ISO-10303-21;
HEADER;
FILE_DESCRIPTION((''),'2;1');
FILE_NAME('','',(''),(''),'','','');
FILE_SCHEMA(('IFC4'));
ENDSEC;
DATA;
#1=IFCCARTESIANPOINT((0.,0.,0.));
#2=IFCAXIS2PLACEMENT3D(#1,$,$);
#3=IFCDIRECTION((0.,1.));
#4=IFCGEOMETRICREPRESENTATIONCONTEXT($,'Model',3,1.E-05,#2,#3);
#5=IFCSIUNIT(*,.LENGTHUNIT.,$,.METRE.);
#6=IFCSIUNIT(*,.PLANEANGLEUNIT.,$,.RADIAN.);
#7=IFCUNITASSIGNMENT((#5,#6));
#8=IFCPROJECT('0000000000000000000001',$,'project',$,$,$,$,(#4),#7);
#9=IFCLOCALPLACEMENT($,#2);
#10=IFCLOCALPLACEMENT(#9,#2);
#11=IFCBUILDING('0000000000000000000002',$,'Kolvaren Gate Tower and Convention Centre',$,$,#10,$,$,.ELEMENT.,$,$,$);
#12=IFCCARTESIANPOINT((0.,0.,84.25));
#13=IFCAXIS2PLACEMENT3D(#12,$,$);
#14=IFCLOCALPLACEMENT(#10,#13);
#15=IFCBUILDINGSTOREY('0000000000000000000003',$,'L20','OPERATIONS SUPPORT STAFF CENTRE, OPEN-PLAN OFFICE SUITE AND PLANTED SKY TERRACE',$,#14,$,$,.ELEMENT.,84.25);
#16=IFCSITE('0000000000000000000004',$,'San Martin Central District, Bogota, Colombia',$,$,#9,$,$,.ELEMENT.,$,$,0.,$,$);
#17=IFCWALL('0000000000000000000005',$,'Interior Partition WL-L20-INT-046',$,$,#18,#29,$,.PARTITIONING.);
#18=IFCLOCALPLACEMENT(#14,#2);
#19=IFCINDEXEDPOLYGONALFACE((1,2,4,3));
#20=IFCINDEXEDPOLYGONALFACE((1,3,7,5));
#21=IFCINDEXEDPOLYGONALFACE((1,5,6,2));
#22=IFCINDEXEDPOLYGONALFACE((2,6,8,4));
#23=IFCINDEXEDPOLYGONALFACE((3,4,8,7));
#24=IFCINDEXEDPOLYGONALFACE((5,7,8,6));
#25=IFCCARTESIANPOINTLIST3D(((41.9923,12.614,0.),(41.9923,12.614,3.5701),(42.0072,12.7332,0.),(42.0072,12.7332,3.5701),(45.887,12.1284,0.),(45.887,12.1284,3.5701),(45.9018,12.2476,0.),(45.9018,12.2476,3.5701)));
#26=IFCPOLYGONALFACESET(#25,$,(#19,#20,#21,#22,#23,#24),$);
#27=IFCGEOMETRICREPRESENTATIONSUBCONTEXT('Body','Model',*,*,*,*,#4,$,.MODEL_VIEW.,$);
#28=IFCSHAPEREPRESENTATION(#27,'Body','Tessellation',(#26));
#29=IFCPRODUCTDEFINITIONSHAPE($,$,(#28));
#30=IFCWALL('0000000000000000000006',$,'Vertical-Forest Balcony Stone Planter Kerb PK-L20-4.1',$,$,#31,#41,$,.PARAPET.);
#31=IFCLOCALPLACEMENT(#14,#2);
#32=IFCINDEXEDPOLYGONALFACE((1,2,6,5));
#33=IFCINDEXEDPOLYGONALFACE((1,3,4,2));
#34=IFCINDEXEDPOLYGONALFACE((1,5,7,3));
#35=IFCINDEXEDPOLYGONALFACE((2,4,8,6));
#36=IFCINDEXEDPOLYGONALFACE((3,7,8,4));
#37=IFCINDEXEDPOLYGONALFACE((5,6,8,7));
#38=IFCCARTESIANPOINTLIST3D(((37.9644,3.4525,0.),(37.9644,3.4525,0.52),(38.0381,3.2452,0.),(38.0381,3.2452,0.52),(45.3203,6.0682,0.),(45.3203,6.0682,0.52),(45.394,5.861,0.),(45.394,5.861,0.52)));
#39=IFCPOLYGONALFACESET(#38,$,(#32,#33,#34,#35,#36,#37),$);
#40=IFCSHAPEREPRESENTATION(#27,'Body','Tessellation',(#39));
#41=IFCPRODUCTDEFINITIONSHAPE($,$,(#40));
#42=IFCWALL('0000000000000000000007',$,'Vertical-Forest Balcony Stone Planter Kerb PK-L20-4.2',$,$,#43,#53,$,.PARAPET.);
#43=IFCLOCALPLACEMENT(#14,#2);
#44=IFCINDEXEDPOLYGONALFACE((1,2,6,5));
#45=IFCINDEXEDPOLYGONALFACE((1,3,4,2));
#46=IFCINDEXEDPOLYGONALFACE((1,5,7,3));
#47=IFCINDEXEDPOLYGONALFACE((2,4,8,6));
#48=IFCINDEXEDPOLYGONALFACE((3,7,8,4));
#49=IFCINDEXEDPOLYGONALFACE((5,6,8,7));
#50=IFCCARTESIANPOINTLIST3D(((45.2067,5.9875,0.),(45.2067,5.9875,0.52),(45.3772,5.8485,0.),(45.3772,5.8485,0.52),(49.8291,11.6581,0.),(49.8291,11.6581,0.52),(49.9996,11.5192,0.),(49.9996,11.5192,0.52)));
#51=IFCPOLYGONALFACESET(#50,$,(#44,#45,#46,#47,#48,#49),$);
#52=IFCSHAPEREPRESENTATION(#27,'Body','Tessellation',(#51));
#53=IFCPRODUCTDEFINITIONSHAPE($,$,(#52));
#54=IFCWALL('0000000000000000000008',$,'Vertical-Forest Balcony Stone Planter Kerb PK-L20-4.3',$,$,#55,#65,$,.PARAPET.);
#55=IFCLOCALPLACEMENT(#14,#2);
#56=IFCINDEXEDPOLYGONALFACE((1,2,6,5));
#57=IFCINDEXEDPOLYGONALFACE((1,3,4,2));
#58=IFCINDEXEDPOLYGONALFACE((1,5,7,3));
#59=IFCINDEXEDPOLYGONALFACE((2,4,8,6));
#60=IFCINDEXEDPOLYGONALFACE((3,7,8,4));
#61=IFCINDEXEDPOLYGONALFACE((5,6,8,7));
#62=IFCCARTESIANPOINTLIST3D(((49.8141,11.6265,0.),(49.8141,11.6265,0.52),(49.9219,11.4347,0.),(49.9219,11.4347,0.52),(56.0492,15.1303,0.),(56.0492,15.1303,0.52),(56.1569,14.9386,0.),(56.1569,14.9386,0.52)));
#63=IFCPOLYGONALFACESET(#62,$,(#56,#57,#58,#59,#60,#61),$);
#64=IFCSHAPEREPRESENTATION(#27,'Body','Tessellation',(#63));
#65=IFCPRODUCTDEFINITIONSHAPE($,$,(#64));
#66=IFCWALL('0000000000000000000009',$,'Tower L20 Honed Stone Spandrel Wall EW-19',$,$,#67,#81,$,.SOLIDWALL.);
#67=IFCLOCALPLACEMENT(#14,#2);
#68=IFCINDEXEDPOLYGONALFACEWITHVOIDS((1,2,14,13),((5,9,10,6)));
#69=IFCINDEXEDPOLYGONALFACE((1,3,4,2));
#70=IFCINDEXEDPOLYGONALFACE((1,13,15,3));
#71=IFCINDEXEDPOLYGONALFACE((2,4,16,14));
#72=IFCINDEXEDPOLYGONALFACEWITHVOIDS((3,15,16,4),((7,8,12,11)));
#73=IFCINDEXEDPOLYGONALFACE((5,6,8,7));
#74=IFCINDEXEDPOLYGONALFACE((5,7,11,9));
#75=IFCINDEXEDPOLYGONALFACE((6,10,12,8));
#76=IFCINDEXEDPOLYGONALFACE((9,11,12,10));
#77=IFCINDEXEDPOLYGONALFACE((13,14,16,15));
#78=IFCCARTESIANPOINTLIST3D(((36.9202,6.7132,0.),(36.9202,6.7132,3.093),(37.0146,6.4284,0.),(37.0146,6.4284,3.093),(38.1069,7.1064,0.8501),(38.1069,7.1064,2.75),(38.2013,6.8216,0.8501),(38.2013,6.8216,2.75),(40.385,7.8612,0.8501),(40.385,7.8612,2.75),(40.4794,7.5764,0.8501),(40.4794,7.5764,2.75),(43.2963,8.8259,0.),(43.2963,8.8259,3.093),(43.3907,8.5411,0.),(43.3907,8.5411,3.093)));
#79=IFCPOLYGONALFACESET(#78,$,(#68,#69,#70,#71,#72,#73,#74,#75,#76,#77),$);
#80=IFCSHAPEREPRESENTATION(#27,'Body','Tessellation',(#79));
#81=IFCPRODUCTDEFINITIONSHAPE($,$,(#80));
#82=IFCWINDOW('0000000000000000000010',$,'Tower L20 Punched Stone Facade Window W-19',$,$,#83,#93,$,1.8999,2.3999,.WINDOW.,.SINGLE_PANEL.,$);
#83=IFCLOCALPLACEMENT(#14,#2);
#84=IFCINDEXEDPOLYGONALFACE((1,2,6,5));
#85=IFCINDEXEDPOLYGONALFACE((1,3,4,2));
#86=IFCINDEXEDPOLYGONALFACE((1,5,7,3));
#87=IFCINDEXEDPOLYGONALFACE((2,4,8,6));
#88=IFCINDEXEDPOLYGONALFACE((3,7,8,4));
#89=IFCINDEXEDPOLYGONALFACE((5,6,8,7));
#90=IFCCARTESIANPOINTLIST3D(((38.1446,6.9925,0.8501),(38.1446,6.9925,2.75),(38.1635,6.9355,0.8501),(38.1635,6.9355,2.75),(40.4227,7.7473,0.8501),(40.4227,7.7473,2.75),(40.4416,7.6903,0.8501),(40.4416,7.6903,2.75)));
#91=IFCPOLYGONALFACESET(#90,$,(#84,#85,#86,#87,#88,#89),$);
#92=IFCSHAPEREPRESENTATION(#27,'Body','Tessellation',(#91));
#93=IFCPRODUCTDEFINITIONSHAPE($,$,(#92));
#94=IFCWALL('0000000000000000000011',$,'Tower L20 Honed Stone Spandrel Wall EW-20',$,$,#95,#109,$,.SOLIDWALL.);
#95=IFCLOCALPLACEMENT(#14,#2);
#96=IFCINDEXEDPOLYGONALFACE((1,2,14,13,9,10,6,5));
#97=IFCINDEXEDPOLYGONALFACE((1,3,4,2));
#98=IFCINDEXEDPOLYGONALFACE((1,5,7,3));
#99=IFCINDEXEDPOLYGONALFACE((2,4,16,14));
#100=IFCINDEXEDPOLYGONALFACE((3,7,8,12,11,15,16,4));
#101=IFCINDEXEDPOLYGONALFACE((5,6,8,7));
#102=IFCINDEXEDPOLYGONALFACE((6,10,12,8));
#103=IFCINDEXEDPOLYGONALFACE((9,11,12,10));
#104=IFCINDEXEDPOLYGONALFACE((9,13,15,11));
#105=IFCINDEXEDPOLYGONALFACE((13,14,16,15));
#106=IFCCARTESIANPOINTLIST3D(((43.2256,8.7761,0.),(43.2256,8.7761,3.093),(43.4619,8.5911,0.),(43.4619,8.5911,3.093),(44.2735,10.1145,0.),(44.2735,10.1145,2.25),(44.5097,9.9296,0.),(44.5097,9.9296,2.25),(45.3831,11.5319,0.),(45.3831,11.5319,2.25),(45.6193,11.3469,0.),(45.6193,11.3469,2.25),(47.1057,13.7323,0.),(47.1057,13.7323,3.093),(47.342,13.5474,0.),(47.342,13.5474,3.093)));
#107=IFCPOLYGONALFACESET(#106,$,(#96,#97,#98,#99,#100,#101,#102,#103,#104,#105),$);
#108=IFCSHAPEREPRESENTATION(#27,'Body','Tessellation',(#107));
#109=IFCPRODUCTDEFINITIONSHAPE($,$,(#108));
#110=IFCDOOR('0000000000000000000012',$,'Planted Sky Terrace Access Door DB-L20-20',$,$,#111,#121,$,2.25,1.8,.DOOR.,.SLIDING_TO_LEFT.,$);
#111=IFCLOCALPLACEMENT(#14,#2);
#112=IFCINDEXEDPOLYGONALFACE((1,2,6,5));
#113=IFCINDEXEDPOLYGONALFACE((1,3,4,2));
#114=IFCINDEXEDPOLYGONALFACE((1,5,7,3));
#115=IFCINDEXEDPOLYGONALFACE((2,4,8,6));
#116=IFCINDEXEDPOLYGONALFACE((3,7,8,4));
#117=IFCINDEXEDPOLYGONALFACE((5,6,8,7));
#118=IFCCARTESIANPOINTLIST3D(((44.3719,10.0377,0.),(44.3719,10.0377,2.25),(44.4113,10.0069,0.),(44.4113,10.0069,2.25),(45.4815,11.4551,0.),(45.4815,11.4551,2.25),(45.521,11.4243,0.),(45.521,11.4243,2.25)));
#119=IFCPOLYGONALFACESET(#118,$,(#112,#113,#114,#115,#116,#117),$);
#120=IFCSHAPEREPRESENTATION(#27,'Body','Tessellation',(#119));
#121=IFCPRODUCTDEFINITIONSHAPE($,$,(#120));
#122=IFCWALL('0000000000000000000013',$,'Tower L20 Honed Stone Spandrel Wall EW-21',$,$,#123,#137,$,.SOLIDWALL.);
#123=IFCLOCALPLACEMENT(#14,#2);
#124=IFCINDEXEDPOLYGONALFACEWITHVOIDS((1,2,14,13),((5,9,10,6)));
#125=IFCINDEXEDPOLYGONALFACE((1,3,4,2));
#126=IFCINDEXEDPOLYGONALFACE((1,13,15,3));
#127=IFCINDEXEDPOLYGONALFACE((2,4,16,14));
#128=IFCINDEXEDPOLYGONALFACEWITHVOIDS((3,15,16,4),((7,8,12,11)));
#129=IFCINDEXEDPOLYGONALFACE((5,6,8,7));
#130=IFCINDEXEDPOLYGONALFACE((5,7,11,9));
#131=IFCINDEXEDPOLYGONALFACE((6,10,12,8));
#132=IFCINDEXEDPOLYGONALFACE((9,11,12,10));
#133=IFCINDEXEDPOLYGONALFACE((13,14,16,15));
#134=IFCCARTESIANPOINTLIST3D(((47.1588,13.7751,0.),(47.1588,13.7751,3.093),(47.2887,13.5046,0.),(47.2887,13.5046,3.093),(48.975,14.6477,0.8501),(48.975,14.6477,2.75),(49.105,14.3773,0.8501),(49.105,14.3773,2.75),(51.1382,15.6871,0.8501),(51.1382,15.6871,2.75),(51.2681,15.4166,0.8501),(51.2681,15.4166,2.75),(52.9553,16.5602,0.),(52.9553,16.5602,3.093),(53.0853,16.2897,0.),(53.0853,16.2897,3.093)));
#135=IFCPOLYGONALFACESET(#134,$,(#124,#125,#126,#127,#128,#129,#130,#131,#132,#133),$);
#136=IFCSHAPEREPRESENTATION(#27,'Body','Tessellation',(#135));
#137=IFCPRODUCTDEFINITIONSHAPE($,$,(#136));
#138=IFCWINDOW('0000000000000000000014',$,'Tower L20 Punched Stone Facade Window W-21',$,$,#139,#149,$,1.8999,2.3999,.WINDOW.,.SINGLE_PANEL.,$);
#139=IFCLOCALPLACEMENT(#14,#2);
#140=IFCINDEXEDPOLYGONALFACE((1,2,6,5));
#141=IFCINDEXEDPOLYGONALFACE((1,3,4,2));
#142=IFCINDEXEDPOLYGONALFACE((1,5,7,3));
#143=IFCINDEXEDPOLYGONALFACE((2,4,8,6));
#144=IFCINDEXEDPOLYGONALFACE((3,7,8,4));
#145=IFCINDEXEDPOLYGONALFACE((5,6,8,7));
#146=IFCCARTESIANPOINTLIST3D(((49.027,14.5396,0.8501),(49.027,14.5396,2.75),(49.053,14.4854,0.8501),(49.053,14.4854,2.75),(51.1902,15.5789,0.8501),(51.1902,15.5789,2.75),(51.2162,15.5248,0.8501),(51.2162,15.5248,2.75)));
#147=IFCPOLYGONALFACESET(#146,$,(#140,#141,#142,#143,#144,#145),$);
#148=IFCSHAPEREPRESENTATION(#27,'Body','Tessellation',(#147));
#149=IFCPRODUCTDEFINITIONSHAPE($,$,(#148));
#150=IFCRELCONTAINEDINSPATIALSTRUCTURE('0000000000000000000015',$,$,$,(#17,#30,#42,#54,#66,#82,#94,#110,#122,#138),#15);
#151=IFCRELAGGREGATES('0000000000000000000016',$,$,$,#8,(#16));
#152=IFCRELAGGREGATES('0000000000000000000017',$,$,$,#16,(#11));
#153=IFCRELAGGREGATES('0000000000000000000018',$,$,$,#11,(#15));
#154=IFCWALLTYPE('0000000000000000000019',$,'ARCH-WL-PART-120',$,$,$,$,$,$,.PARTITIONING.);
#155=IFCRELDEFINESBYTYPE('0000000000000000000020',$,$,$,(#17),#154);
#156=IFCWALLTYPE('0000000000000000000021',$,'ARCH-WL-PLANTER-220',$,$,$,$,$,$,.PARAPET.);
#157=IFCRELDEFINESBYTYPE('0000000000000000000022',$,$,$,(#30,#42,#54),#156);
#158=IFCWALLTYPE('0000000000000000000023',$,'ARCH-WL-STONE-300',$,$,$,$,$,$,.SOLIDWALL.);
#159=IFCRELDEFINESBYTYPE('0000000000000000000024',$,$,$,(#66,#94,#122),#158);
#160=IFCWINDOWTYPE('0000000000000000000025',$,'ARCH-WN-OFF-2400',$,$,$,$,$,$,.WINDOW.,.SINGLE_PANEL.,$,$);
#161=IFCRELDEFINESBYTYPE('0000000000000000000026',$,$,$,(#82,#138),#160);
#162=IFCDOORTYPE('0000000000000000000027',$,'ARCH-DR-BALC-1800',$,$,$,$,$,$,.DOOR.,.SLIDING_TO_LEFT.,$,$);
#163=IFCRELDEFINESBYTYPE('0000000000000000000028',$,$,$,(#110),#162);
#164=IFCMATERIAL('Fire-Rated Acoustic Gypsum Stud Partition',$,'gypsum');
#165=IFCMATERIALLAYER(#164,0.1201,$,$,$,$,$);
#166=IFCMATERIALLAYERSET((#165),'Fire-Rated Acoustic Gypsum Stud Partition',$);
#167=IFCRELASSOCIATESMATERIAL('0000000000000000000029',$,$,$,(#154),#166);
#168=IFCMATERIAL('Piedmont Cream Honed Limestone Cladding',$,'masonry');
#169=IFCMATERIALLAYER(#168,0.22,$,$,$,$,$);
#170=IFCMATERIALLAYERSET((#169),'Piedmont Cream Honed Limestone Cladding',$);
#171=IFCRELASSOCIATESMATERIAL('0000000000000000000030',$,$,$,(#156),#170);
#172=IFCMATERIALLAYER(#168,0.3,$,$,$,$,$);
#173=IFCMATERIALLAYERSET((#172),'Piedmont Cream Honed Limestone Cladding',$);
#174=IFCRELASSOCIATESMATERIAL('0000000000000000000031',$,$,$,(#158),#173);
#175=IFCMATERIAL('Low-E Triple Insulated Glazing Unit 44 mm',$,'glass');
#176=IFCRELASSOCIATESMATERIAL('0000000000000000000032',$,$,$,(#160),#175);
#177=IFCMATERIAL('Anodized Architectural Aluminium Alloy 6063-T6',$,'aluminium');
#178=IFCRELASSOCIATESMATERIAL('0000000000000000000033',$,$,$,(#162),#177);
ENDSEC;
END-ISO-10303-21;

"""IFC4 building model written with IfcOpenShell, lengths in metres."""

from ifc_helpers import new_model, si_unit, direction, frame, frame_2d, origin, place, context, subcontext, project, spatial, rectangle, extrude, material, layer, layer_set, type_object, element, fill, save


model = new_model("IFC4")

# Units and contexts
model_context = context("Model", 3, precision=1e-05, world=origin(), true_north=direction((0.0, 1.0)))
body_context = subcontext(model_context, "Body", "Model", "MODEL_VIEW")
ifc_project = project(units=[si_unit("LENGTHUNIT", "METRE"), si_unit("PLANEANGLEUNIT", "RADIAN")], contexts=[model_context])

# Site, building, storey
site_placement = place(None, origin())
site = spatial("IfcSite", under=ifc_project, at=site_placement, Name="San Martin Central District, Bogota, Colombia", CompositionType="ELEMENT", RefElevation=0.0)
building_placement = place(site_placement, origin())
building = spatial("IfcBuilding", under=site, at=building_placement, Name="Kolvaren Gate Tower and Convention Centre", CompositionType="ELEMENT")
storey_placement = place(building_placement, frame((0.0, 0.0, 84.25)))
storey = spatial("IfcBuildingStorey", under=building, at=storey_placement, Name="L20", Description="OPERATIONS SUPPORT STAFF CENTRE, OPEN-PLAN OFFICE SUITE AND PLANTED SKY TERRACE", CompositionType="ELEMENT", Elevation=84.25)

# Walls
ifc_material_1 = material(Name="Fire-Rated Acoustic Gypsum Stud Partition", Category="gypsum")
ifc_layer_1 = layer(ifc_material_1, 0.1201)
ifc_layer_set_1 = layer_set([ifc_layer_1], Name="Fire-Rated Acoustic Gypsum Stud Partition")
wall_type_1 = type_object("IfcWallType", Name="ARCH-WL-PART-120", PredefinedType="PARTITIONING", material=ifc_layer_set_1)
wall_1_placement = place(storey_placement, frame((41.9998, 12.6736, 0.0), z_axis=(0.0, 0.0, 1.0), x_axis=(0.992316, -0.123728, 0.0)))
element("IfcWall", 1, at=wall_1_placement, inside=storey, type_object=wall_type_1, Name="Interior Partition WL-L20-INT-046", PredefinedType="PARTITIONING", context=body_context, shape_type="SweptSolid", body=[
    extrude(rectangle(XDim=3.9248, YDim=0.1201, at=frame_2d((1.9624, 0.0))), origin(), (0.0, 0.0, 1.0), 3.5701),
])
ifc_material_2 = material(Name="Piedmont Cream Honed Limestone Cladding", Category="masonry")
ifc_layer_2 = layer(ifc_material_2, 0.22)
ifc_layer_set_2 = layer_set([ifc_layer_2], Name="Piedmont Cream Honed Limestone Cladding")
wall_type_2 = type_object("IfcWallType", Name="ARCH-WL-PLANTER-220", PredefinedType="PARAPET", material=ifc_layer_set_2)
wall_2_placement = place(storey_placement, frame((38.0012, 3.3489, 0.0), z_axis=(0.0, 0.0, 1.0), x_axis=(0.942204, 0.335041, 0.0)))
element("IfcWall", 2, at=wall_2_placement, inside=storey, type_object=wall_type_2, Name="Vertical-Forest Balcony Stone Planter Kerb PK-L20-4.1", PredefinedType="PARAPET", context=body_context, shape_type="SweptSolid", body=[
    extrude(rectangle(XDim=7.8071, YDim=0.22, at=frame_2d((3.9036, 0.0))), origin(), (0.0, 0.0, 1.0), 0.52),
])
wall_3_placement = place(storey_placement, frame((45.292, 5.918, 0.0), z_axis=(0.0, 0.0, 1.0), x_axis=(0.631819, 0.775116, 0.0)))
element("IfcWall", 3, at=wall_3_placement, inside=storey, type_object=wall_type_2, Name="Vertical-Forest Balcony Stone Planter Kerb PK-L20-4.2", PredefinedType="PARAPET", context=body_context, shape_type="SweptSolid", body=[
    extrude(rectangle(XDim=7.3159, YDim=0.22, at=frame_2d((3.658, 0.0))), origin(), (0.0, 0.0, 1.0), 0.52),
])
wall_4_placement = place(storey_placement, frame((49.8679, 11.5305, 0.0), z_axis=(0.0, 0.0, 1.0), x_axis=(0.871775, 0.489906, 0.0)))
element("IfcWall", 4, at=wall_4_placement, inside=storey, type_object=wall_type_2, Name="Vertical-Forest Balcony Stone Planter Kerb PK-L20-4.3", PredefinedType="PARAPET", context=body_context, shape_type="SweptSolid", body=[
    extrude(rectangle(XDim=7.1521, YDim=0.22, at=frame_2d((3.5762, 0.0))), origin(), (0.0, 0.0, 1.0), 0.52),
])

# Wall, opening, window
ifc_layer_3 = layer(ifc_material_2, 0.3)
ifc_layer_set_3 = layer_set([ifc_layer_3], Name="Piedmont Cream Honed Limestone Cladding")
wall_type_3 = type_object("IfcWallType", Name="ARCH-WL-STONE-300", PredefinedType="SOLIDWALL", material=ifc_layer_set_3)
wall_5_placement = place(storey_placement, frame((36.9675, 6.5708, 0.0), z_axis=(0.0, 0.0, 1.0), x_axis=(0.949245, 0.314537, 0.0)))
wall_5 = element("IfcWall", 5, at=wall_5_placement, inside=storey, type_object=wall_type_3, Name="Tower L20 Honed Stone Spandrel Wall EW-19", PredefinedType="SOLIDWALL", context=body_context, shape_type="SweptSolid", body=[
    extrude(rectangle(XDim=6.717, YDim=0.3, at=frame_2d((3.3584, 0.0))), origin(), (0.0, 0.0, 1.0), 3.093),
])
opening_1_placement = place(wall_5_placement, frame((1.25, 0.0, 0.8501)))
opening_1 = element("IfcOpeningElement", 6, at=opening_1_placement, cuts=wall_5, PredefinedType="OPENING", context=body_context, shape_type="SweptSolid", body=[
    extrude(rectangle(XDim=2.3999, YDim=1.8999, at=frame_2d((1.2, 0.95))), frame((0.0, 0.1599, 0.0), z_axis=(0.0, -1.0, 0.0), x_axis=(1.0, 0.0, 0.0)), (0.0, 0.0, 1.0), 0.3201),
])
ifc_material_3 = material(Name="Low-E Triple Insulated Glazing Unit 44 mm", Category="glass")
window_type = type_object("IfcWindowType", Name="ARCH-WN-OFF-2400", PartitioningType="SINGLE_PANEL", PredefinedType="WINDOW", material=ifc_material_3)
window_1_placement = place(opening_1_placement, origin())
window_1 = element("IfcWindow", 7, at=window_1_placement, inside=storey, type_object=window_type, Name="Tower L20 Punched Stone Facade Window W-19", OverallHeight=1.8999, OverallWidth=2.3999, PartitioningType="SINGLE_PANEL", PredefinedType="WINDOW", context=body_context, shape_type="SweptSolid", body=[
    extrude(rectangle(XDim=2.3999, YDim=1.8999, at=frame_2d((1.2, 0.95))), frame((0.0, 0.03, 0.0), z_axis=(0.0, -1.0, 0.0), x_axis=(1.0, 0.0, 0.0)), (0.0, 0.0, 1.0), 0.0601),
])
fill(opening_1, window_1)

# Wall, opening, door
wall_6_placement = place(storey_placement, frame((43.3438, 8.6836, 0.0), z_axis=(0.0, 0.0, 1.0), x_axis=(0.616435, 0.787406, 0.0)))
wall_6 = element("IfcWall", 8, at=wall_6_placement, inside=storey, type_object=wall_type_3, Name="Tower L20 Honed Stone Spandrel Wall EW-20", PredefinedType="SOLIDWALL", context=body_context, shape_type="SweptSolid", body=[
    extrude(rectangle(XDim=6.2944, YDim=0.3, at=frame_2d((3.1472, 0.0))), origin(), (0.0, 0.0, 1.0), 3.093),
])
opening_2_placement = place(wall_6_placement, frame((1.7, 0.0, 0.0)))
opening_2 = element("IfcOpeningElement", 9, at=opening_2_placement, cuts=wall_6, PredefinedType="OPENING", context=body_context, shape_type="SweptSolid", body=[
    extrude(rectangle(XDim=1.8, YDim=2.25, at=frame_2d((0.8999, 1.125))), frame((0.0, 0.1599, 0.0), z_axis=(0.0, -1.0, 0.0), x_axis=(1.0, 0.0, 0.0)), (0.0, 0.0, 1.0), 0.3201),
])
ifc_material_4 = material(Name="Anodized Architectural Aluminium Alloy 6063-T6", Category="aluminium")
door_type = type_object("IfcDoorType", Name="ARCH-DR-BALC-1800", OperationType="SLIDING_TO_LEFT", PredefinedType="DOOR", material=ifc_material_4)
door_placement = place(opening_2_placement, frame((1.8, 0.0, 0.0), z_axis=(0.0, 0.0, 1.0), x_axis=(-1.0, 0.0, 0.0)))
door = element("IfcDoor", 10, at=door_placement, inside=storey, type_object=door_type, Name="Planted Sky Terrace Access Door DB-L20-20", OperationType="SLIDING_TO_LEFT", OverallHeight=2.25, OverallWidth=1.8, PredefinedType="DOOR", context=body_context, shape_type="SweptSolid", body=[
    extrude(rectangle(XDim=1.8, YDim=2.25, at=frame_2d((0.8999, 1.125))), frame((0.0, 0.0249, 0.0), z_axis=(0.0, -1.0, 0.0), x_axis=(1.0, 0.0, 0.0)), (0.0, 0.0, 1.0), 0.05),
])
fill(opening_2, door)

# Wall, opening, window
wall_7_placement = place(storey_placement, frame((47.2239, 13.6399, 0.0), z_axis=(0.0, 0.0, 1.0), x_axis=(0.901355, 0.433082, 0.0)))
wall_7 = element("IfcWall", 11, at=wall_7_placement, inside=storey, type_object=wall_type_3, Name="Tower L20 Honed Stone Spandrel Wall EW-21", PredefinedType="SOLIDWALL", context=body_context, shape_type="SweptSolid", body=[
    extrude(rectangle(XDim=6.4309, YDim=0.3, at=frame_2d((3.2153, 0.0))), origin(), (0.0, 0.0, 1.0), 3.093),
])
opening_3_placement = place(wall_7_placement, frame((2.0149, 0.0, 0.8501)))
opening_3 = element("IfcOpeningElement", 12, at=opening_3_placement, cuts=wall_7, PredefinedType="OPENING", context=body_context, shape_type="SweptSolid", body=[
    extrude(rectangle(XDim=2.3999, YDim=1.8999, at=frame_2d((1.2, 0.95))), frame((0.0, 0.1599, 0.0), z_axis=(0.0, -1.0, 0.0), x_axis=(1.0, 0.0, 0.0)), (0.0, 0.0, 1.0), 0.3201),
])
window_2_placement = place(opening_3_placement, origin())
window_2 = element("IfcWindow", 13, at=window_2_placement, inside=storey, type_object=window_type, Name="Tower L20 Punched Stone Facade Window W-21", OverallHeight=1.8999, OverallWidth=2.3999, PartitioningType="SINGLE_PANEL", PredefinedType="WINDOW", context=body_context, shape_type="SweptSolid", body=[
    extrude(rectangle(XDim=2.3999, YDim=1.8999, at=frame_2d((1.2, 0.95))), frame((0.0, 0.03, 0.0), z_axis=(0.0, -1.0, 0.0), x_axis=(1.0, 0.0, 0.0)), (0.0, 0.0, 1.0), 0.0601),
])
fill(opening_3, window_2)

save(model, "model.ifc")
